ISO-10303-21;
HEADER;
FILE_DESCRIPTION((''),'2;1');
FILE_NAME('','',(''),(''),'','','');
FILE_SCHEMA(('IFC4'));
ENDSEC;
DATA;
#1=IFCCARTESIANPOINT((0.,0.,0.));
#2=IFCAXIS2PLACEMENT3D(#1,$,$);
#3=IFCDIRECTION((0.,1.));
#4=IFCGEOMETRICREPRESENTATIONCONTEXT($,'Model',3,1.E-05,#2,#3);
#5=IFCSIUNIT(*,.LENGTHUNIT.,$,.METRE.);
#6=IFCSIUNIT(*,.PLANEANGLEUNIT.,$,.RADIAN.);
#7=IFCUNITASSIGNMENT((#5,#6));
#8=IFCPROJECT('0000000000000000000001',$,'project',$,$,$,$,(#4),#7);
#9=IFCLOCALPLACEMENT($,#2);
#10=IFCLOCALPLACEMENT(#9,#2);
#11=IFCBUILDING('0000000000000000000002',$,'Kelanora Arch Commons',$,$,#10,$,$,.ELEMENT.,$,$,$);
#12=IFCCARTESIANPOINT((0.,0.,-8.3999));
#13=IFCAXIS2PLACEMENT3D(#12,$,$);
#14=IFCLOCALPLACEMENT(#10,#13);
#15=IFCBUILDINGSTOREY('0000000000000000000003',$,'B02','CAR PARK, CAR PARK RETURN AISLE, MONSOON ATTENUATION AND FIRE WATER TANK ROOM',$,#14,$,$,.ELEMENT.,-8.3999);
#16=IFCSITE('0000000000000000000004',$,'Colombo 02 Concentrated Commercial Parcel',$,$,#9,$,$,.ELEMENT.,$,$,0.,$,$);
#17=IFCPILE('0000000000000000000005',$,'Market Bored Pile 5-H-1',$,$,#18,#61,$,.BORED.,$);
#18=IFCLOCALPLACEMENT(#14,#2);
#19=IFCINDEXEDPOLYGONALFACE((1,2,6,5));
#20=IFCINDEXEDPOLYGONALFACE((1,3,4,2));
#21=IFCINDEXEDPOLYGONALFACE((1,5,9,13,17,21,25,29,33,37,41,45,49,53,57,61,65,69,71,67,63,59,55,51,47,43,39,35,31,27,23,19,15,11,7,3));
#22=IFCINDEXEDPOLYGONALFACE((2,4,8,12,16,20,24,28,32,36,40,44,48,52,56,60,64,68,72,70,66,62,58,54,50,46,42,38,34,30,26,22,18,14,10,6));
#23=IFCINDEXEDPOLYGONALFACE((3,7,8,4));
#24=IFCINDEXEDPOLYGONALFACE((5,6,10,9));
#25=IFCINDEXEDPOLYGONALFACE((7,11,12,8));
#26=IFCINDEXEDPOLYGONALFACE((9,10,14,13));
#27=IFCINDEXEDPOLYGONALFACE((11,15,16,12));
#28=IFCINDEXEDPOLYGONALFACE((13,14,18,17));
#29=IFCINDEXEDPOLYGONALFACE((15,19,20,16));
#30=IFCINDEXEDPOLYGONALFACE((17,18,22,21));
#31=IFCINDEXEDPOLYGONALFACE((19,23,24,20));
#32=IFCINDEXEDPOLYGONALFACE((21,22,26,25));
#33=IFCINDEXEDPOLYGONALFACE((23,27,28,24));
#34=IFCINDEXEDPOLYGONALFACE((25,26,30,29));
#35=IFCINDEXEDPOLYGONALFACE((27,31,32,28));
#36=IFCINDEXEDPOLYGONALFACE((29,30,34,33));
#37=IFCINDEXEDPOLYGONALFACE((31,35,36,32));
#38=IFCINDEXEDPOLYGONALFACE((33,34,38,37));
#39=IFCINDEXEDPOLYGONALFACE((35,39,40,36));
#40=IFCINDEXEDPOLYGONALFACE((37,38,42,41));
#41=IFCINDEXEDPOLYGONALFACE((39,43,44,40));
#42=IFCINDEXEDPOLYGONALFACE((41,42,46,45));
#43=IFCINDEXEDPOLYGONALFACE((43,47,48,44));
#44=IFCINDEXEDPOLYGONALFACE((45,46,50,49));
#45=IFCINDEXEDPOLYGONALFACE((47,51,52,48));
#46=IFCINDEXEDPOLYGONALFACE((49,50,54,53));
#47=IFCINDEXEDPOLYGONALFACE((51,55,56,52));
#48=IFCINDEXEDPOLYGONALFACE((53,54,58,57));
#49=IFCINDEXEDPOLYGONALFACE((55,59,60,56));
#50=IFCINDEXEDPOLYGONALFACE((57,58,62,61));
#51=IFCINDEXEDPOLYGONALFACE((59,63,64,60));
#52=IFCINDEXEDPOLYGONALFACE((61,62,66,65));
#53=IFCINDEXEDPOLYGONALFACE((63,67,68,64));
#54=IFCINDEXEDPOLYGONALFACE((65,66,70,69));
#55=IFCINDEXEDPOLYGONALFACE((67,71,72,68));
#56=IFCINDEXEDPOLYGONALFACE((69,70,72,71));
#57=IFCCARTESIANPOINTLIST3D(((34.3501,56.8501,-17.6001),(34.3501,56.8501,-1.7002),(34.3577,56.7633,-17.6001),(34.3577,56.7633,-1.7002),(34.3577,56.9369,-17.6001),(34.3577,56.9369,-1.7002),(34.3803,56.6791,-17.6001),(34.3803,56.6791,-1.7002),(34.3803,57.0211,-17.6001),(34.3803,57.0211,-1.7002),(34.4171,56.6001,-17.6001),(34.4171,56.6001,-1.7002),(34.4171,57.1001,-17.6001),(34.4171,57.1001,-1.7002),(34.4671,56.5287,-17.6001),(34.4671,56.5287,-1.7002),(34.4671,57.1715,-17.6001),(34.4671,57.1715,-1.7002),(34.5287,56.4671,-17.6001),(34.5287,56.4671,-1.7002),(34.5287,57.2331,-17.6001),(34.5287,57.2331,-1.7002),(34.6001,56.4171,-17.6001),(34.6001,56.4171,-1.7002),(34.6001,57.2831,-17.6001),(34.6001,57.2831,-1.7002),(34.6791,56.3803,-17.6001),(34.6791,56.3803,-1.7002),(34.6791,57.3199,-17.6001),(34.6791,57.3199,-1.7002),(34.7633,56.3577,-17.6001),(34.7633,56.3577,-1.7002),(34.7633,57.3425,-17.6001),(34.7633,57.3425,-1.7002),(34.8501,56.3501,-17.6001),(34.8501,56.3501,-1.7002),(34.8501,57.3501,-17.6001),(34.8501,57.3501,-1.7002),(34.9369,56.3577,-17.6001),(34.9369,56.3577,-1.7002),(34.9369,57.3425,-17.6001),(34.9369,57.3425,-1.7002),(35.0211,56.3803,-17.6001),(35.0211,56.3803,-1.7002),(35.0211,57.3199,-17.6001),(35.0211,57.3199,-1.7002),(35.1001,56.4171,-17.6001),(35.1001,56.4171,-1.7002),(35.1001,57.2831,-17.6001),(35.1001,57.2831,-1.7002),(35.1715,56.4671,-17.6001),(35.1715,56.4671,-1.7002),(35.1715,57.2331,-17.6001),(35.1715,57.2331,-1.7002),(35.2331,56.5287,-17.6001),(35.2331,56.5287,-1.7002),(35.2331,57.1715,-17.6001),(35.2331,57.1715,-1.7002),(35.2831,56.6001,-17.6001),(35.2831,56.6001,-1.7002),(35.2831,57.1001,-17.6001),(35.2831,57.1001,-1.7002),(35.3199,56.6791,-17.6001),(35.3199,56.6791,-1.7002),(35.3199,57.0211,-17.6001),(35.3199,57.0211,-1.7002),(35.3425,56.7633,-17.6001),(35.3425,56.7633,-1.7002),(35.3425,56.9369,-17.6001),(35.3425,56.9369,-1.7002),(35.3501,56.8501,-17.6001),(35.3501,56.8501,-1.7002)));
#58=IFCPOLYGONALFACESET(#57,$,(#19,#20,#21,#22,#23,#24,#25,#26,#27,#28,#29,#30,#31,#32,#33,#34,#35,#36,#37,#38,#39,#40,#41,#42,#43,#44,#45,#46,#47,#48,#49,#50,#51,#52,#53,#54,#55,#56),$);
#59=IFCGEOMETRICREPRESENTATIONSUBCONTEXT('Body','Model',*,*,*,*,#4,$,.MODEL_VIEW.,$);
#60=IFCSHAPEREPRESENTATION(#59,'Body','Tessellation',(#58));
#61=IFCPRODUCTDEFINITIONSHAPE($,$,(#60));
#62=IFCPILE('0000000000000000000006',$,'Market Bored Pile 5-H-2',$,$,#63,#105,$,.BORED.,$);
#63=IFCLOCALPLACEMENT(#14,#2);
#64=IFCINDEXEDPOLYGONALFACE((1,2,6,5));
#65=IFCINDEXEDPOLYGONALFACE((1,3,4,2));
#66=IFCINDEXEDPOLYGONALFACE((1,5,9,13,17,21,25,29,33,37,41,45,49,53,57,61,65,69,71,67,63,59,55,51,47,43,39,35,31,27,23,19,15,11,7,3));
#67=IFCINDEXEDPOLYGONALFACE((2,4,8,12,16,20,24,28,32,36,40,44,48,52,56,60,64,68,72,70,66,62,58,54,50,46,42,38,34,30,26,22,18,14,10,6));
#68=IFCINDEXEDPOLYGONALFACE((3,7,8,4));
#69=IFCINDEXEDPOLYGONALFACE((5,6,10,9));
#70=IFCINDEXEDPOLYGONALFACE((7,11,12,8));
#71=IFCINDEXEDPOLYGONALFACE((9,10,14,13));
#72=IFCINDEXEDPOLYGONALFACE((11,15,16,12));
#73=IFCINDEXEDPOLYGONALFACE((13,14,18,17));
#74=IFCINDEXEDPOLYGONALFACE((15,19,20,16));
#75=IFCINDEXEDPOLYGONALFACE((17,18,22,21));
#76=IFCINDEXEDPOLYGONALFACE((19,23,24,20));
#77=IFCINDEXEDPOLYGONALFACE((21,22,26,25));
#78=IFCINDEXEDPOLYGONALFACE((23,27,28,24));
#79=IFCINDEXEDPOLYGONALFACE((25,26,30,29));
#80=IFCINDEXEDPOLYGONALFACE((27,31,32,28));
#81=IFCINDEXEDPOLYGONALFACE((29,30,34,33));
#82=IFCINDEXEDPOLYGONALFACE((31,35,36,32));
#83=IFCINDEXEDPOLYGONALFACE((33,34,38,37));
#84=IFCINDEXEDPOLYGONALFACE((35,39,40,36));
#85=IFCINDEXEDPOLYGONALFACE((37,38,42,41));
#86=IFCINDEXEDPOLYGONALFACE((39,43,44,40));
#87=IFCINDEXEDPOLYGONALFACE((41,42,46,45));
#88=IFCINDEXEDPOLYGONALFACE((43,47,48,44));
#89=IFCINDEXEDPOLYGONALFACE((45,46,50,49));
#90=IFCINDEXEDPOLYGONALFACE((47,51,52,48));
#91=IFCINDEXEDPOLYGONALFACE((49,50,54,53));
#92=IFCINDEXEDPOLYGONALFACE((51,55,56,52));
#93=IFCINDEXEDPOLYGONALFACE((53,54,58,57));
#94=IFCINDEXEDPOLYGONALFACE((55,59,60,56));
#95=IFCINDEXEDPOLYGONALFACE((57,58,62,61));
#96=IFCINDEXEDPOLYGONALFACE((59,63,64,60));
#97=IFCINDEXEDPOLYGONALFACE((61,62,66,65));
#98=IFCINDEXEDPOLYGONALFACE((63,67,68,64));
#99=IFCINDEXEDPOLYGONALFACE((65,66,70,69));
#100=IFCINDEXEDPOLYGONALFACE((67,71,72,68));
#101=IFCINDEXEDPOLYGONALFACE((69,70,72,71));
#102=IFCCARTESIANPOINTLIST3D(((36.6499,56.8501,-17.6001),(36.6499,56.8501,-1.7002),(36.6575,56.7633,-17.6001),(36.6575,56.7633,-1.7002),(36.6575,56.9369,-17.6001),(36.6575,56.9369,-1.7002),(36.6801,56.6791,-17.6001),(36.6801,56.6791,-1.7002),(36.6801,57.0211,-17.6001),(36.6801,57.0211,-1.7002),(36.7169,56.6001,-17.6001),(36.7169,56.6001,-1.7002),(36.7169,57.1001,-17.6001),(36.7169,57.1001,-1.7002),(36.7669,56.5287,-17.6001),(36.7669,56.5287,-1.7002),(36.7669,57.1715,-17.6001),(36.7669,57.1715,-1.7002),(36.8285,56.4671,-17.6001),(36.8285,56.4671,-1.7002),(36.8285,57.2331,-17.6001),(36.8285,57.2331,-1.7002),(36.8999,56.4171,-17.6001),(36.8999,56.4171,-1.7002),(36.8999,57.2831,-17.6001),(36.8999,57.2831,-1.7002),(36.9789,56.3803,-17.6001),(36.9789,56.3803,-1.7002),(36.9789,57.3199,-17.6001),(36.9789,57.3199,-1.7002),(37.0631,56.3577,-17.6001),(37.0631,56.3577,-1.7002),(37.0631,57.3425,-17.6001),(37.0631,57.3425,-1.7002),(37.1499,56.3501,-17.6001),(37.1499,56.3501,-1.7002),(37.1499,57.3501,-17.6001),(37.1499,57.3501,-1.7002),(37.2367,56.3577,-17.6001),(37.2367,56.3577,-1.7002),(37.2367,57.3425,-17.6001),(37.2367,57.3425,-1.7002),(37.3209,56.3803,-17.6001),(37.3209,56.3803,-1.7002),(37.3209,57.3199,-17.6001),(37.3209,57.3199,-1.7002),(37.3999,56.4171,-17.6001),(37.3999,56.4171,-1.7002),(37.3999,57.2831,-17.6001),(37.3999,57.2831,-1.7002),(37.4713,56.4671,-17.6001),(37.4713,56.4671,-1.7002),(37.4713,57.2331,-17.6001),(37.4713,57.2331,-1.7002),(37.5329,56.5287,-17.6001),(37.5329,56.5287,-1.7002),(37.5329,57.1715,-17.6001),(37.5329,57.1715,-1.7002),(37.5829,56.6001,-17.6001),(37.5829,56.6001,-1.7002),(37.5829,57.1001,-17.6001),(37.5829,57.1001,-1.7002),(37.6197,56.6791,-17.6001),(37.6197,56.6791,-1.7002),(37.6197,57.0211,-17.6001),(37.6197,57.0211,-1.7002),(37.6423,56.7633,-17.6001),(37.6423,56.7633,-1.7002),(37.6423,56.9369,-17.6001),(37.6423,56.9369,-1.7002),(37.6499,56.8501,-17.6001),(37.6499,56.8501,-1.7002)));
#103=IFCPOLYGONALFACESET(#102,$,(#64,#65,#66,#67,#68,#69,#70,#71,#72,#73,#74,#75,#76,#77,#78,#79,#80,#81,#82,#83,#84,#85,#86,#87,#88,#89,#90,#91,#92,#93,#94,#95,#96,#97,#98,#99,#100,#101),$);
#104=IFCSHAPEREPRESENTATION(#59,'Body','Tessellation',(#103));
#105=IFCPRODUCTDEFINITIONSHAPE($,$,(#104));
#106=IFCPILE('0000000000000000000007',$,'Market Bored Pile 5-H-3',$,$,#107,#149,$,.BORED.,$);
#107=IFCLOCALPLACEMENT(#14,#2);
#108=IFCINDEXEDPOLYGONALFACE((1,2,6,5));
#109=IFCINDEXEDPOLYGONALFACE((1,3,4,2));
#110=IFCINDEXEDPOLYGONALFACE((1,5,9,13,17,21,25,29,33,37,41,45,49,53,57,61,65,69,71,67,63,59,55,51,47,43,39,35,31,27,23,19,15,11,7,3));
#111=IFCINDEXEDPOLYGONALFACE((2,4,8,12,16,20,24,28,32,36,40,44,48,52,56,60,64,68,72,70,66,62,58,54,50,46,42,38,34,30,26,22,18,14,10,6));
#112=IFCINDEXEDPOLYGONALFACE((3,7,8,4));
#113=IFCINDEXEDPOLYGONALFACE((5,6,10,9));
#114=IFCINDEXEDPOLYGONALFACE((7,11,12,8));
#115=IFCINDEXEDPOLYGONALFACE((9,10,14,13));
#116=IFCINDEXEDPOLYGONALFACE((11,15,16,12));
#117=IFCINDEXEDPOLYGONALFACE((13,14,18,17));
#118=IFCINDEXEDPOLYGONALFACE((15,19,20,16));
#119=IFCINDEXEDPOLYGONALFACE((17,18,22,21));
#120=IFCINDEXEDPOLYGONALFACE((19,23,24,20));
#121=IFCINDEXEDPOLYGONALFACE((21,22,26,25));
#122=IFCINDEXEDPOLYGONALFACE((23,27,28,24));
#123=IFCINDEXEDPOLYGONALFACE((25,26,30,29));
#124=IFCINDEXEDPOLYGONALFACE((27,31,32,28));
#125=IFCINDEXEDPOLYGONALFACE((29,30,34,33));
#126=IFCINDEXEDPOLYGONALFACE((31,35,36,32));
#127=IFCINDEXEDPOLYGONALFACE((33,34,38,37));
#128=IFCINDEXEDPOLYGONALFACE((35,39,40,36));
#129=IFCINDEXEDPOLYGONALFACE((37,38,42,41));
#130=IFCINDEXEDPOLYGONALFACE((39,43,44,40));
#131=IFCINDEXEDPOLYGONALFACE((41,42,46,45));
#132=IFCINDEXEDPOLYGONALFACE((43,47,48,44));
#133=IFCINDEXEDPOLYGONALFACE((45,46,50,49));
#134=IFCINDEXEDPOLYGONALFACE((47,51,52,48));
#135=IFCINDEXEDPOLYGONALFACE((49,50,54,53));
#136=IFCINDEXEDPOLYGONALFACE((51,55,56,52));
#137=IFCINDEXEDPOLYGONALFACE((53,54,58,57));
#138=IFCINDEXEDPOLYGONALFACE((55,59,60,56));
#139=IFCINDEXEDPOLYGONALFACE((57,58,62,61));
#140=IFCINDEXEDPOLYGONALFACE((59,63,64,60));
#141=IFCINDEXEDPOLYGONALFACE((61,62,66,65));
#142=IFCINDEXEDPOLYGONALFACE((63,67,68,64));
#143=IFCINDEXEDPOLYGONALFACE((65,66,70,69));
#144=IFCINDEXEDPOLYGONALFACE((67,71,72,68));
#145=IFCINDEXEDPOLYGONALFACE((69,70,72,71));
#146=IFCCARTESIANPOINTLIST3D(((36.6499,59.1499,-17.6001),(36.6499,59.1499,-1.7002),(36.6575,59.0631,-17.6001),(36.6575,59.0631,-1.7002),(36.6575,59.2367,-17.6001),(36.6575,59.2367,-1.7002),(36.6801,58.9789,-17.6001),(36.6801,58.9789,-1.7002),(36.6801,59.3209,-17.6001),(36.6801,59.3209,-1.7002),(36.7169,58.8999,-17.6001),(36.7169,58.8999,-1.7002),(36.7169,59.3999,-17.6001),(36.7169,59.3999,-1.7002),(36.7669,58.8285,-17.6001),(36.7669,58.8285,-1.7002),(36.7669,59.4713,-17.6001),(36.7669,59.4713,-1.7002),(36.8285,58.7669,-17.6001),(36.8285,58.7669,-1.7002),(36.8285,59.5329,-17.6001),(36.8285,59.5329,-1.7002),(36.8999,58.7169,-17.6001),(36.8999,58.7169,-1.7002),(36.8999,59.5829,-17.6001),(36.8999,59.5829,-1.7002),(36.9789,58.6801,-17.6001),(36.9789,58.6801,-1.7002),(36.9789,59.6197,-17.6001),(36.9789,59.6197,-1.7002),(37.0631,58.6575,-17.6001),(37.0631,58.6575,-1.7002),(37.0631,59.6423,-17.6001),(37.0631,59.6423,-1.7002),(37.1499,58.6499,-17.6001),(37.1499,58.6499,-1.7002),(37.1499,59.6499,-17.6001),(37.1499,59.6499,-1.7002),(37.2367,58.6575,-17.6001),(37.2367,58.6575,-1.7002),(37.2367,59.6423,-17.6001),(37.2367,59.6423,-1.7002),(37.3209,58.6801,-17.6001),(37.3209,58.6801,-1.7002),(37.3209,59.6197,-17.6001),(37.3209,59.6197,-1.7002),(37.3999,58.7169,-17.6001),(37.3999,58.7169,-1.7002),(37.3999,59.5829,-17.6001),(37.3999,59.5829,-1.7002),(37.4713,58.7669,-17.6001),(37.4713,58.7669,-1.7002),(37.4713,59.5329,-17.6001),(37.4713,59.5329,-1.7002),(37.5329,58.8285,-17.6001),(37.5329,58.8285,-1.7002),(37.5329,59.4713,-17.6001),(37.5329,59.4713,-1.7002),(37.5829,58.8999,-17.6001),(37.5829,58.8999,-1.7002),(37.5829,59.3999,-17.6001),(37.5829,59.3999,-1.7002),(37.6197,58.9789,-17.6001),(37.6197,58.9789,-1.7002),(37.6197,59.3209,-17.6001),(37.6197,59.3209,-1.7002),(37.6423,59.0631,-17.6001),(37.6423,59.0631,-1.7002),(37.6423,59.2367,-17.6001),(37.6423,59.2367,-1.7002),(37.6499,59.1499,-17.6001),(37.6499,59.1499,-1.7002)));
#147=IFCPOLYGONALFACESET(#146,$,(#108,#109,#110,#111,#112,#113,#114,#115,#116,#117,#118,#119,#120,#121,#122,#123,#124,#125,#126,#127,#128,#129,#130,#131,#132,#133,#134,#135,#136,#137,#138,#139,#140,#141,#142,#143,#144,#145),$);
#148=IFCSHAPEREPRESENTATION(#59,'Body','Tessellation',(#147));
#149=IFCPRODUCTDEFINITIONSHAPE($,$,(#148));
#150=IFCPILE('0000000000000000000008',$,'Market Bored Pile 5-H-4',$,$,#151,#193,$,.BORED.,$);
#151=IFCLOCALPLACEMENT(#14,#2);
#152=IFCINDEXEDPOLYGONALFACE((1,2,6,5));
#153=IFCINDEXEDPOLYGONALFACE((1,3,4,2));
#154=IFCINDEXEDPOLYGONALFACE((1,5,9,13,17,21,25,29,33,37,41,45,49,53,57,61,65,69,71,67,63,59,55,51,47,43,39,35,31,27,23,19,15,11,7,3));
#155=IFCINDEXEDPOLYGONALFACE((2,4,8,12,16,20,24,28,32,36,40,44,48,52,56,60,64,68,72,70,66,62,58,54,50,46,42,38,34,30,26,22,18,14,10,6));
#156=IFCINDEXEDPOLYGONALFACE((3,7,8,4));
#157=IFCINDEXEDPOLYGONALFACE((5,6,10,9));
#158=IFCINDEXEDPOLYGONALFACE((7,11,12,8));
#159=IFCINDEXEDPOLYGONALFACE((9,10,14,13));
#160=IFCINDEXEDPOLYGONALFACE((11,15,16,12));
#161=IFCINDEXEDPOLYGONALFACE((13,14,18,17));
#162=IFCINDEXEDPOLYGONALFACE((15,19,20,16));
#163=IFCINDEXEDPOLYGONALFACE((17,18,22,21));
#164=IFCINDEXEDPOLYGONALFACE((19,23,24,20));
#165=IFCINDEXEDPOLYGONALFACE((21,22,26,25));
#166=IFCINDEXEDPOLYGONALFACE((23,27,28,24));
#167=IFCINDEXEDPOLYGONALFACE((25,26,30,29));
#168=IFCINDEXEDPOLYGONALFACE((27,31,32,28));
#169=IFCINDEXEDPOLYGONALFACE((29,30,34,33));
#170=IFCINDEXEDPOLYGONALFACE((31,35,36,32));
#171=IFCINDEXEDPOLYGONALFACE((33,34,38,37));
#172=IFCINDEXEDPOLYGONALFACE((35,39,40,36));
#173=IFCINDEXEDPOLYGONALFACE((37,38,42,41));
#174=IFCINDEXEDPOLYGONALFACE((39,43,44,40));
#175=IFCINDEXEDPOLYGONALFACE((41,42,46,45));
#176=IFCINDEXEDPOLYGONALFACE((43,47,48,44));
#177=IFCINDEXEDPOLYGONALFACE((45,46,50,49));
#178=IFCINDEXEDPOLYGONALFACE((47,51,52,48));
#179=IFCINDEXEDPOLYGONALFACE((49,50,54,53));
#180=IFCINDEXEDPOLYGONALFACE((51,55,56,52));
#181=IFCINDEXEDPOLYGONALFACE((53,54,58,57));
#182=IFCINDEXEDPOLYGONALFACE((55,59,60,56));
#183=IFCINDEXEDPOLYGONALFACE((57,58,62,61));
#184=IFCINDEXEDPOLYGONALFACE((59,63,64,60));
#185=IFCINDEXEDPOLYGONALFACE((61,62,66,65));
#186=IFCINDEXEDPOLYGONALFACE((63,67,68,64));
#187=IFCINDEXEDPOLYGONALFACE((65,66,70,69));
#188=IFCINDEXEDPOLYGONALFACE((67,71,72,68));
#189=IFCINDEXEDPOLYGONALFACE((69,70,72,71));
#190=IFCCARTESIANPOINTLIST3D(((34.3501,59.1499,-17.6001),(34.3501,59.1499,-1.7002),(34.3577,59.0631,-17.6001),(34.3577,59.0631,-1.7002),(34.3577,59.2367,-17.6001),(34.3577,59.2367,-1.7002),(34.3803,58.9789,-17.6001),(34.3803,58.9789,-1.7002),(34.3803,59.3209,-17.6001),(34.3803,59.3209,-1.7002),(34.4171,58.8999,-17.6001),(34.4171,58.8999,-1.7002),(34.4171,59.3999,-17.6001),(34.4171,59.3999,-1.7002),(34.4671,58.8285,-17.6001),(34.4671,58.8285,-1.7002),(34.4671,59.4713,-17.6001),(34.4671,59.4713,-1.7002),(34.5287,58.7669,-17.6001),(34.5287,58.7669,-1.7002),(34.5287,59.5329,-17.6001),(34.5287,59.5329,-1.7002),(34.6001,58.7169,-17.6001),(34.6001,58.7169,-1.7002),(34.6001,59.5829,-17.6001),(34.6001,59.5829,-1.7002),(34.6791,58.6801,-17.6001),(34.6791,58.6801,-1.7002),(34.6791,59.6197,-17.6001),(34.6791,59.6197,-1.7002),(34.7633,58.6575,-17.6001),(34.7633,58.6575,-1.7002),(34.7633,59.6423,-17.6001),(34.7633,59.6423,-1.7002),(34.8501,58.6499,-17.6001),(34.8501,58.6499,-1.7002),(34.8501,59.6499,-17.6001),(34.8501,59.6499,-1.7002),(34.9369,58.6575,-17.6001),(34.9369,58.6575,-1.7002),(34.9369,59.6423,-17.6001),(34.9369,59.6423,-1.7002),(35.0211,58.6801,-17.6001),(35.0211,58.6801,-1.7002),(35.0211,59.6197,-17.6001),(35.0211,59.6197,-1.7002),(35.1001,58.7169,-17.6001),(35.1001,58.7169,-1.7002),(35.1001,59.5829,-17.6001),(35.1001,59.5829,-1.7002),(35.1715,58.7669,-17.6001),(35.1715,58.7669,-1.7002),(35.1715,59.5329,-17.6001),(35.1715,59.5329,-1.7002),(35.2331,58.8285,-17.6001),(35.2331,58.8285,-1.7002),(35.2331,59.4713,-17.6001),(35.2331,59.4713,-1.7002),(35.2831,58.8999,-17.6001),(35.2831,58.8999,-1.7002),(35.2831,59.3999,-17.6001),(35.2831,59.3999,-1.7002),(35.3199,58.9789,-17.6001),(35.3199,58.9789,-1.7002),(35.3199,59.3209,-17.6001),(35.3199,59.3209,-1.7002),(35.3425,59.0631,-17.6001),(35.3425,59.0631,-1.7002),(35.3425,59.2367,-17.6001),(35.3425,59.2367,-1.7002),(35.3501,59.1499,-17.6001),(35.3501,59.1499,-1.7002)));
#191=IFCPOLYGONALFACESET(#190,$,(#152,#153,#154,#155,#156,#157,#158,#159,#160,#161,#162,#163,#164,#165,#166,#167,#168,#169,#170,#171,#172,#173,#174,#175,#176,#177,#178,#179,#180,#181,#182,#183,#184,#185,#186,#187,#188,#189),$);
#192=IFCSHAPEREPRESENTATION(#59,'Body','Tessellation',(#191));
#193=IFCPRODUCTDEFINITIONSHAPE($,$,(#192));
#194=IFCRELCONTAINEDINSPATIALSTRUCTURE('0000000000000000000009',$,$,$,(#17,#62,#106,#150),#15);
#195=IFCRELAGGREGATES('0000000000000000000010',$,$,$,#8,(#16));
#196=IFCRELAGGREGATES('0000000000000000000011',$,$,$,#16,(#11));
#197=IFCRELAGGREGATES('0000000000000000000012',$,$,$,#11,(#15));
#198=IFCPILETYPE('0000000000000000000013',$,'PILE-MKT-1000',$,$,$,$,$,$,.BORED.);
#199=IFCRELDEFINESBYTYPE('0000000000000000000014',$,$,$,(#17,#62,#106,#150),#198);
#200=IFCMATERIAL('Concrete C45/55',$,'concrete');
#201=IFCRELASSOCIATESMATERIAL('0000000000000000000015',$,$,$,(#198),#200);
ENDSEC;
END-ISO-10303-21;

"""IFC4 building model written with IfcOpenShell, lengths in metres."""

from ifc_helpers import new_model, si_unit, direction, frame, origin, origin_2d, place, context, subcontext, project, spatial, circle, extrude, source, transform, mapped, material, material_profile, profile_set, type_object, element, save


model = new_model("IFC4")

# Units and contexts
model_context = context("Model", 3, precision=1e-05, world=origin(), true_north=direction((0.0, 1.0)))
body_context = subcontext(model_context, "Body", "Model", "MODEL_VIEW")
ifc_project = project(units=[si_unit("LENGTHUNIT", "METRE"), si_unit("PLANEANGLEUNIT", "RADIAN")], contexts=[model_context])

# Site, building, storey
site_placement = place(None, origin())
site = spatial("IfcSite", under=ifc_project, at=site_placement, Name="Colombo 02 Concentrated Commercial Parcel", CompositionType="ELEMENT", RefElevation=0.0)
building_placement = place(site_placement, origin())
building = spatial("IfcBuilding", under=site, at=building_placement, Name="Kelanora Arch Commons", CompositionType="ELEMENT")
storey_placement = place(building_placement, frame((0.0, 0.0, -8.3999)))
storey = spatial("IfcBuildingStorey", under=building, at=storey_placement, Name="B02", Description="CAR PARK, CAR PARK RETURN AISLE, MONSOON ATTENUATION AND FIRE WATER TANK ROOM", CompositionType="ELEMENT", Elevation=-8.3999)

# Piles
ifc_material_1 = material(Name="Concrete C45/55", Category="concrete")
ifc_material_profile_1 = material_profile(ifc_material_1, circle(Radius=0.5, at=origin_2d()), Name="PILE1000")
ifc_profile_set_1 = profile_set([ifc_material_profile_1], Name="Concrete C45/55")
pile_type = type_object("IfcPileType", Name="PILE-MKT-1000", PredefinedType="BORED", material=ifc_profile_set_1)
shared_shape_1 = source(origin(), body_context, "Body", "SweptSolid", [
    extrude(circle(Radius=0.5, at=origin_2d()), origin(), (0.0, 0.0, 1.0), 15.8999),
])
for number, where, z_axis, x_axis, name in (
    (1, (34.8501, 56.8501, -1.7002), (0.0, 0.0, -1.0), (1.0, 0.0, 0.0), "Market Bored Pile 5-H-1"),
    (2, (37.1499, 56.8501, -1.7002), (0.0, 0.0, -1.0), (1.0, 0.0, 0.0), "Market Bored Pile 5-H-2"),
    (3, (37.1499, 59.1499, -1.7002), (0.0, 0.0, -1.0), (1.0, 0.0, 0.0), "Market Bored Pile 5-H-3"),
    (4, (34.8501, 59.1499, -1.7002), (0.0, 0.0, -1.0), (1.0, 0.0, 0.0), "Market Bored Pile 5-H-4"),
):
    element("IfcPile", number, at=place(storey_placement, frame(where, z_axis=z_axis, x_axis=x_axis)), inside=storey, type_object=pile_type, Name=name, PredefinedType="BORED", context=body_context, shape_type="MappedRepresentation", body=[
        mapped(shared_shape_1, transform((0.0, 0.0, 0.0), scale=1.0)),
    ])

save(model, "model.ifc")
